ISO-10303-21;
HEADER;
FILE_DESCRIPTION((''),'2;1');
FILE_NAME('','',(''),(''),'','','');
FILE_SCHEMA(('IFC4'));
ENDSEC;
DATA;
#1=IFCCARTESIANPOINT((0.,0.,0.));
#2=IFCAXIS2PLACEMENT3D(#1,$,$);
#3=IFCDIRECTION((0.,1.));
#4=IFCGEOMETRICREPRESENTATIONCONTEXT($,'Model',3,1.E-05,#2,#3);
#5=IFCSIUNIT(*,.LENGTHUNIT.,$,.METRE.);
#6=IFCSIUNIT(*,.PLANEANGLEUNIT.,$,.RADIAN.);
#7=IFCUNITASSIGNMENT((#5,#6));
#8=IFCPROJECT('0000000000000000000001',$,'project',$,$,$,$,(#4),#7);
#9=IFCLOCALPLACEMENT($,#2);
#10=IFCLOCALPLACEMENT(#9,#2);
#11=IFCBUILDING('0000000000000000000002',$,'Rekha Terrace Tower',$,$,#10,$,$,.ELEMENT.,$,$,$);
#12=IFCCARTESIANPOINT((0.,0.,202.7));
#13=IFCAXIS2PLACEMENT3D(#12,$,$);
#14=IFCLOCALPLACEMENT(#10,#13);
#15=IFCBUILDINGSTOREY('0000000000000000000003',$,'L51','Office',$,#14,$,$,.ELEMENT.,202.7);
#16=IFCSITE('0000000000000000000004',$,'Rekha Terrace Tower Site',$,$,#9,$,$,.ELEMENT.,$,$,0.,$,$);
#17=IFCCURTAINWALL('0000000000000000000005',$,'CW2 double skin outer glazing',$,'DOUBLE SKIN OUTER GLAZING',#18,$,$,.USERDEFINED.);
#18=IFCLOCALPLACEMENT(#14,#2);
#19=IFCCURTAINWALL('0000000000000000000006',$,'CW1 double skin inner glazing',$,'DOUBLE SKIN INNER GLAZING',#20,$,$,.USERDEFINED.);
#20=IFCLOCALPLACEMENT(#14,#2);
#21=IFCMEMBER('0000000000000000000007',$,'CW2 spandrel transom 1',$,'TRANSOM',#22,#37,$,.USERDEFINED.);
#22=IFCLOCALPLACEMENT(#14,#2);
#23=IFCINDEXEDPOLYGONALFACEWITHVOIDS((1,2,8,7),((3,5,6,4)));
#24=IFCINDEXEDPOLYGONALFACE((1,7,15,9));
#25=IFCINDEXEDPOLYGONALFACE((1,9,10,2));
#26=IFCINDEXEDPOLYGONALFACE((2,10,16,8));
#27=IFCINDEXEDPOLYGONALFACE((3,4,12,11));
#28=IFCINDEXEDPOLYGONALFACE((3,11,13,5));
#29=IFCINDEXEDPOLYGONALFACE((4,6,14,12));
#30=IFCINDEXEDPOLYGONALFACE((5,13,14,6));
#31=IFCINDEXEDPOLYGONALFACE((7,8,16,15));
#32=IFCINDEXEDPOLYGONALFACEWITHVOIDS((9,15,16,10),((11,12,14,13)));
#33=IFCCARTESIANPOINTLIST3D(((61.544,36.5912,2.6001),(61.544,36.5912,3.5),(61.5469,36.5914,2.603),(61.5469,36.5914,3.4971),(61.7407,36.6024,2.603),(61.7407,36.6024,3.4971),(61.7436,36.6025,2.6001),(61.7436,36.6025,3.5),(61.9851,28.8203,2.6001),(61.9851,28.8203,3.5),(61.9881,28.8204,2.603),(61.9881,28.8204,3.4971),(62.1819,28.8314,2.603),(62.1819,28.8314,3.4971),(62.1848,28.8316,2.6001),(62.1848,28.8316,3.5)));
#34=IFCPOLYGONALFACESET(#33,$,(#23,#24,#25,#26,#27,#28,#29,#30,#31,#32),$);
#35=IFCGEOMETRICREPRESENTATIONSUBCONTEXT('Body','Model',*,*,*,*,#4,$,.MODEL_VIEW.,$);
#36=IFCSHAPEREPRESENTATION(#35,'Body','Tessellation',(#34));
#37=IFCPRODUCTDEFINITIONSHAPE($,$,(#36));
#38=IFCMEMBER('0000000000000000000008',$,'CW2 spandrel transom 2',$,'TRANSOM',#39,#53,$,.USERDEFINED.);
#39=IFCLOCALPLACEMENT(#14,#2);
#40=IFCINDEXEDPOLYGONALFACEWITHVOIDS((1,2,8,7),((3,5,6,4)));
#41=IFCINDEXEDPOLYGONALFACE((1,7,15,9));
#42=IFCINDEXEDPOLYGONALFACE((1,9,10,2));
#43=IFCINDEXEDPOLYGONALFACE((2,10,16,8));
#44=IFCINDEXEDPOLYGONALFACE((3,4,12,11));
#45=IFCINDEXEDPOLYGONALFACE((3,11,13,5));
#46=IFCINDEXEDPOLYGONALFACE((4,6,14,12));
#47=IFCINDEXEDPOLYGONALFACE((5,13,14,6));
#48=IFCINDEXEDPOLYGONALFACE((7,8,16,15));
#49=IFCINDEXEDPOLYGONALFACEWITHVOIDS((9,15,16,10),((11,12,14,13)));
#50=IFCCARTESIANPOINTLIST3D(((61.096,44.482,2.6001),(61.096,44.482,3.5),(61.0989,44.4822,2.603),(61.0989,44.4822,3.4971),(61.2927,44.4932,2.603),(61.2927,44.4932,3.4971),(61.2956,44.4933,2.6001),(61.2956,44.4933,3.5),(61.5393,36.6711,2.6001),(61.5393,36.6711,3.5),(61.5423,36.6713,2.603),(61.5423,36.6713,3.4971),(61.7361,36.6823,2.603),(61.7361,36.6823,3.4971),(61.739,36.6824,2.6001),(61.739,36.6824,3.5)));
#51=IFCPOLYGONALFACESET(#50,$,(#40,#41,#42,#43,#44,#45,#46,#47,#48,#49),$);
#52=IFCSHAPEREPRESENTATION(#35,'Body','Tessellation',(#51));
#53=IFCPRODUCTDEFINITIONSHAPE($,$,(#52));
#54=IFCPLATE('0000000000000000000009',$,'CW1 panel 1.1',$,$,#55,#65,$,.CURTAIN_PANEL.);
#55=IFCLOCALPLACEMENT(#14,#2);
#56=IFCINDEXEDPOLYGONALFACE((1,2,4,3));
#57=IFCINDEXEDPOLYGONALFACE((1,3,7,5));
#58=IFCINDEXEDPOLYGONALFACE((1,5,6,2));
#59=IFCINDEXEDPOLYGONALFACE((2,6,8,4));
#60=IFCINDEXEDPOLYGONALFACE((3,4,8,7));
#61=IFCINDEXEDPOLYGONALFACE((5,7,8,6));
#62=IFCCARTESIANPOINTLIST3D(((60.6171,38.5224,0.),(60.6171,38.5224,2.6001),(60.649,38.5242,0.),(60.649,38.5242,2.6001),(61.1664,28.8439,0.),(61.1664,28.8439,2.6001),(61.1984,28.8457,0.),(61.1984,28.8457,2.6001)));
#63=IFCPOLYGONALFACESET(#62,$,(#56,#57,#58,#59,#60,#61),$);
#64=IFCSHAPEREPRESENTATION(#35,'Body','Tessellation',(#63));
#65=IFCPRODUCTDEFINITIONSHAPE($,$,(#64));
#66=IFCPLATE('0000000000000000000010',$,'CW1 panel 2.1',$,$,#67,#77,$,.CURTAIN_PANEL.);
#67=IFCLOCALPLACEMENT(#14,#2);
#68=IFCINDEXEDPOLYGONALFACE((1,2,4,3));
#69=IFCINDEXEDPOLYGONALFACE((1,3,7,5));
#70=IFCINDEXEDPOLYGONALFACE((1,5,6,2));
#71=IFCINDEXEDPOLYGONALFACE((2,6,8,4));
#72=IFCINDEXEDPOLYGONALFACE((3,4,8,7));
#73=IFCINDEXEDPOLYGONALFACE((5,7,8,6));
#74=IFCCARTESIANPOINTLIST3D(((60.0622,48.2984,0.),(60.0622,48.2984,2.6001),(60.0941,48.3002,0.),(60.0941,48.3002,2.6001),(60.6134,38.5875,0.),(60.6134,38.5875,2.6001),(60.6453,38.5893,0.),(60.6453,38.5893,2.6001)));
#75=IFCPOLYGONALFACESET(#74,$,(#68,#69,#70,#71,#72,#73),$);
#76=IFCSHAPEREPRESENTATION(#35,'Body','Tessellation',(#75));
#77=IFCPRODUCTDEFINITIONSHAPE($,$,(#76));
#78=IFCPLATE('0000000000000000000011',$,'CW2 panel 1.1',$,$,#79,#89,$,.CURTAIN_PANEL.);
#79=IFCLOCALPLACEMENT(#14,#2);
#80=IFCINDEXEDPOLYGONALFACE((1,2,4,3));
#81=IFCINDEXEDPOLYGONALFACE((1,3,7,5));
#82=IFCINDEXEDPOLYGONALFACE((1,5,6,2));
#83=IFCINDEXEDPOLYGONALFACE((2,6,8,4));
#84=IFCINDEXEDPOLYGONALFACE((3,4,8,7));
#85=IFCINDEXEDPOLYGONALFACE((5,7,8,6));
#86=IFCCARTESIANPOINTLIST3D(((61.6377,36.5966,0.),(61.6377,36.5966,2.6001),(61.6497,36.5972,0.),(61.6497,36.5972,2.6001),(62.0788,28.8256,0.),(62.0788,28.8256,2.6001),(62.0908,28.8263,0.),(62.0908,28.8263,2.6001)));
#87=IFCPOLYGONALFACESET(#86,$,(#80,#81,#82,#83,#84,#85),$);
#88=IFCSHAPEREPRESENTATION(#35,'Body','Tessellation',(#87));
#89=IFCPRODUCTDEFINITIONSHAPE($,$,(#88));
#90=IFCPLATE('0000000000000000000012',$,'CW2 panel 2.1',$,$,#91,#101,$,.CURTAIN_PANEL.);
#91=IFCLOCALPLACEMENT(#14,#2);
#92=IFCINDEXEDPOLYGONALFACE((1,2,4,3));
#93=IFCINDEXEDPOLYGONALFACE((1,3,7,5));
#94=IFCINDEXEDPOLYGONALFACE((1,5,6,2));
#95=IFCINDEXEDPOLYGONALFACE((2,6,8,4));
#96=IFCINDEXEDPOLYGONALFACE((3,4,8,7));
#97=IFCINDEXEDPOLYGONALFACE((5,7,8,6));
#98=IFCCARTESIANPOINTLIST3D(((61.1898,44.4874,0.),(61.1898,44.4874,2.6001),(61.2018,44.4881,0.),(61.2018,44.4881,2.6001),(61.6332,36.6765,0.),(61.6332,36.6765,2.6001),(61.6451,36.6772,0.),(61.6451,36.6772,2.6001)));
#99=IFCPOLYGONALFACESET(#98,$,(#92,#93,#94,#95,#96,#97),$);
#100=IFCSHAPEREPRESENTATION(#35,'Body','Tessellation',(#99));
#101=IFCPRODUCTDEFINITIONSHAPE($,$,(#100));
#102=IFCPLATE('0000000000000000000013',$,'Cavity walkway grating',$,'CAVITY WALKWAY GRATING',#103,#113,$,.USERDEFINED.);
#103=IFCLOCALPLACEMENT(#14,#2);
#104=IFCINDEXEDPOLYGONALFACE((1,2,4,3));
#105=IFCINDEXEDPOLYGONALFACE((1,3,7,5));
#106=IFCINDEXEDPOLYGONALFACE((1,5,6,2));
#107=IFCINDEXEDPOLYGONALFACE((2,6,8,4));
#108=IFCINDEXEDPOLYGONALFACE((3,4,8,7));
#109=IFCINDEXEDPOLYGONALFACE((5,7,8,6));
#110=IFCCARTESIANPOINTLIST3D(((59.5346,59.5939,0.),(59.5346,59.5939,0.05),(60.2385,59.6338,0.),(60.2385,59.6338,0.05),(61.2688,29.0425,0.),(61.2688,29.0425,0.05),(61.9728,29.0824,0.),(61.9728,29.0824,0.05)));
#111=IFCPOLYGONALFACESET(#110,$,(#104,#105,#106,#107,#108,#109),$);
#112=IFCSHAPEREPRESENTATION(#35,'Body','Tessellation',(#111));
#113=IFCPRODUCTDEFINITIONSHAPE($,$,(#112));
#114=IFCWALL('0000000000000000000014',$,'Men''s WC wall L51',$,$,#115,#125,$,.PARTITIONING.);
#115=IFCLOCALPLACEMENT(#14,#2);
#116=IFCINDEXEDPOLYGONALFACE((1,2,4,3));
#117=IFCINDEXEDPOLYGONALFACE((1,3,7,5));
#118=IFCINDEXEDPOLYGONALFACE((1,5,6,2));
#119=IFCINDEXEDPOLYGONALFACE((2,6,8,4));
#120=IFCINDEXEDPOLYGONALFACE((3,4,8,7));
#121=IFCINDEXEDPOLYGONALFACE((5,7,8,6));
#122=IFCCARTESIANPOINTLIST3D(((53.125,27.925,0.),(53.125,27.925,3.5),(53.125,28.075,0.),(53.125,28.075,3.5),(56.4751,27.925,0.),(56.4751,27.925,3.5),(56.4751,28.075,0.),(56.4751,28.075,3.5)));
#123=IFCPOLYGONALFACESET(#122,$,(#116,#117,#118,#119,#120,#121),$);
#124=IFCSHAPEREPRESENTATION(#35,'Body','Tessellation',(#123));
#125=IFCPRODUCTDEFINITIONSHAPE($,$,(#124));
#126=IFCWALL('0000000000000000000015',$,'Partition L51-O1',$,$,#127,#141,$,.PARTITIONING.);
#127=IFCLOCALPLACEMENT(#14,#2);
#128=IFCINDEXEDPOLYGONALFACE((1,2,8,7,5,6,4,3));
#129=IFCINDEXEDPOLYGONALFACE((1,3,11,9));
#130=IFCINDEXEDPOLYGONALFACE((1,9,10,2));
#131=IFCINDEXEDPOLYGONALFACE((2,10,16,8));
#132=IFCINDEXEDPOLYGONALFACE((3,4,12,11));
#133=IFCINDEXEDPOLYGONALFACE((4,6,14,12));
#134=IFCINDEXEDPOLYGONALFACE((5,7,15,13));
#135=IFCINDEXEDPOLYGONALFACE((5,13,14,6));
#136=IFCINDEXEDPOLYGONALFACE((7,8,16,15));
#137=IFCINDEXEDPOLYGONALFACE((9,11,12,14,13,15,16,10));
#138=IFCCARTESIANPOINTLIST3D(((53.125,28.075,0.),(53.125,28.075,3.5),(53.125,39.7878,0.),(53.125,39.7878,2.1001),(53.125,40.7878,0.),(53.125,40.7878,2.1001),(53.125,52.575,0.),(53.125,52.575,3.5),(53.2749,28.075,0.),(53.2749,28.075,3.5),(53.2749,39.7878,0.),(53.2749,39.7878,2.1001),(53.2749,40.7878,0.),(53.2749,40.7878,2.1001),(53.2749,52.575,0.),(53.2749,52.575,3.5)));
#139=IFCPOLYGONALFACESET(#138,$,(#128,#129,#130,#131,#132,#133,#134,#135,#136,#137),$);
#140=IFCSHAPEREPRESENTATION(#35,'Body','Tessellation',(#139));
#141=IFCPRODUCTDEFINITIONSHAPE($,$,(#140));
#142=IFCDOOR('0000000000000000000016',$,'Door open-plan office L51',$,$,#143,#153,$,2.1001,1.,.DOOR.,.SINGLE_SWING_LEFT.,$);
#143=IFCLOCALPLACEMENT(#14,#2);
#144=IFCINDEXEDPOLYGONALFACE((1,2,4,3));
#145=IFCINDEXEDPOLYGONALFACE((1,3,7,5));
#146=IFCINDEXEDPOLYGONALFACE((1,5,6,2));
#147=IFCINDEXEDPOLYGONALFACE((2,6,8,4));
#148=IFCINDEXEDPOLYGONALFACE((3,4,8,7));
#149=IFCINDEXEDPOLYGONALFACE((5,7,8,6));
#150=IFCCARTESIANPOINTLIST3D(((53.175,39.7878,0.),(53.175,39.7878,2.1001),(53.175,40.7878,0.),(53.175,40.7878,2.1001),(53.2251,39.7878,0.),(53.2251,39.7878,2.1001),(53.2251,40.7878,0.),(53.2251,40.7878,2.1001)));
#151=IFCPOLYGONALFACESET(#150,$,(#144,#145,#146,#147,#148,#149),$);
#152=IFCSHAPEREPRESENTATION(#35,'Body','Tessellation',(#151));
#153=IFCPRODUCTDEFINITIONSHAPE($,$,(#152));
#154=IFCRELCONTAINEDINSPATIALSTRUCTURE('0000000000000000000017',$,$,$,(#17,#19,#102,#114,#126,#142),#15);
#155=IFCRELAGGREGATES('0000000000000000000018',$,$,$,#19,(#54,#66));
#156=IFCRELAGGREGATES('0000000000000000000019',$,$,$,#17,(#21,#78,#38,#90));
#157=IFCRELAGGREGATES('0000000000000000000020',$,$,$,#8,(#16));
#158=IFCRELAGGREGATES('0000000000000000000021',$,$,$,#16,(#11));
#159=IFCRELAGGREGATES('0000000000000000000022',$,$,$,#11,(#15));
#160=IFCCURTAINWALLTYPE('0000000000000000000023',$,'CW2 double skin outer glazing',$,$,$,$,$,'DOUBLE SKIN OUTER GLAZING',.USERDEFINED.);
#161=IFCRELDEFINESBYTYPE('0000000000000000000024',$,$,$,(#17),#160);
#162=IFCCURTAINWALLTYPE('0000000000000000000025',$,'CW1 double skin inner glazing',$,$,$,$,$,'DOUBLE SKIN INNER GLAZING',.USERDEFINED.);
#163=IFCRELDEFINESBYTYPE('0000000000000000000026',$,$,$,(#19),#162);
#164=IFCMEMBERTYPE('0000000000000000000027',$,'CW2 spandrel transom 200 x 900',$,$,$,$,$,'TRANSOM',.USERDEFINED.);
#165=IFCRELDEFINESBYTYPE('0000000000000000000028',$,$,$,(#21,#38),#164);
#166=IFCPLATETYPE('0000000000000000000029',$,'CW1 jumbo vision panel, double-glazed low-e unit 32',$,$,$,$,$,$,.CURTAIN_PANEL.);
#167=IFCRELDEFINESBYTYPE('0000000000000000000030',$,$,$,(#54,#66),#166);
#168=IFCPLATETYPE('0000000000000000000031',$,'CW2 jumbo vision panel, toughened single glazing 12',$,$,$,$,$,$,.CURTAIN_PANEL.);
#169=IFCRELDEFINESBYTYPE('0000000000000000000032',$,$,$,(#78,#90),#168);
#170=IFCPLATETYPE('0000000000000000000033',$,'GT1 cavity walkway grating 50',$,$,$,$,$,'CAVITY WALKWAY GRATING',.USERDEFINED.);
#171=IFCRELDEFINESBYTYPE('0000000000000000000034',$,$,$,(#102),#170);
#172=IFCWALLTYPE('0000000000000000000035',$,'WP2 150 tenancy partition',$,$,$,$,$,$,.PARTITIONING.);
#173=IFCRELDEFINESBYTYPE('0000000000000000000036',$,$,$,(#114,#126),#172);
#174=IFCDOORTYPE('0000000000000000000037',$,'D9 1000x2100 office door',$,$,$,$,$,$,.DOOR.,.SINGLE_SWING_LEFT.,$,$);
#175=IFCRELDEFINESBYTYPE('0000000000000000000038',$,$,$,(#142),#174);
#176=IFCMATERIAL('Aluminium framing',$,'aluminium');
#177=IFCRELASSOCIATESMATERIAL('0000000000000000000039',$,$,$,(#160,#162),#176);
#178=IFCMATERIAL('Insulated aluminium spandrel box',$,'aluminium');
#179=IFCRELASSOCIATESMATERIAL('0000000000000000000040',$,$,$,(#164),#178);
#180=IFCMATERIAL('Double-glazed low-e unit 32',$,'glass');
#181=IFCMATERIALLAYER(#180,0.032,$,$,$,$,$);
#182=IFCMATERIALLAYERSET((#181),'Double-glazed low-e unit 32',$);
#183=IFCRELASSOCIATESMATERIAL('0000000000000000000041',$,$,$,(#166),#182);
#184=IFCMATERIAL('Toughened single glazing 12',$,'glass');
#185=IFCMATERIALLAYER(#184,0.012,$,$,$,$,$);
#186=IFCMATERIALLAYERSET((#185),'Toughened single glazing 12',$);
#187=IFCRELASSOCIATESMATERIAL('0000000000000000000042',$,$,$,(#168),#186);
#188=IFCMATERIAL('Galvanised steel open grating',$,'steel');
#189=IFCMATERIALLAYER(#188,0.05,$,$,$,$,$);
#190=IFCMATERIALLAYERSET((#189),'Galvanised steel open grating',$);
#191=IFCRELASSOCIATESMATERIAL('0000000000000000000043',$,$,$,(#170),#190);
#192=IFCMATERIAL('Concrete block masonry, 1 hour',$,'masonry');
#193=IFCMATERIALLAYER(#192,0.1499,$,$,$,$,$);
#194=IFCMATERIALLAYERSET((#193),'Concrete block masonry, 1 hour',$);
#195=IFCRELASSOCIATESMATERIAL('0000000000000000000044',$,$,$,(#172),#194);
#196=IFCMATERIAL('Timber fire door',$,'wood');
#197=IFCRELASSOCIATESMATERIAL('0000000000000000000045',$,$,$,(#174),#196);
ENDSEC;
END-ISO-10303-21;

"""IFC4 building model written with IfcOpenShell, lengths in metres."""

from ifc_helpers import new_model, si_unit, direction, frame, frame_2d, origin, origin_2d, place, context, subcontext, project, spatial, rectangle, hollow_rectangle, extrude, material, layer, layer_set, material_profile, profile_set, type_object, element, fill, aggregate, save


model = new_model("IFC4")

# Units and contexts
model_context = context("Model", 3, precision=1e-05, world=origin(), true_north=direction((0.0, 1.0)))
body_context = subcontext(model_context, "Body", "Model", "MODEL_VIEW")
ifc_project = project(units=[si_unit("LENGTHUNIT", "METRE"), si_unit("PLANEANGLEUNIT", "RADIAN")], contexts=[model_context])

# Site, building, storey
site_placement = place(None, origin())
site = spatial("IfcSite", under=ifc_project, at=site_placement, Name="Rekha Terrace Tower Site", CompositionType="ELEMENT", RefElevation=0.0)
building_placement = place(site_placement, origin())
building = spatial("IfcBuilding", under=site, at=building_placement, Name="Rekha Terrace Tower", CompositionType="ELEMENT")
storey_placement = place(building_placement, frame((0.0, 0.0, 202.7)))
storey = spatial("IfcBuildingStorey", under=building, at=storey_placement, Name="L51", Description="Office", CompositionType="ELEMENT", Elevation=202.7)

# Curtain wall
ifc_material_1 = material(Name="Aluminium framing", Category="aluminium")
curtain_wall_type_1 = type_object("IfcCurtainWallType", Name="CW2 double skin outer glazing", ElementType="DOUBLE SKIN OUTER GLAZING", PredefinedType="USERDEFINED", material=ifc_material_1)
curtain_wall_1_placement = place(storey_placement, origin())
curtain_wall_1 = element("IfcCurtainWall", 1, at=curtain_wall_1_placement, inside=storey, type_object=curtain_wall_type_1, Name="CW2 double skin outer glazing", ObjectType="DOUBLE SKIN OUTER GLAZING", PredefinedType="USERDEFINED")

# Curtain wall
curtain_wall_type_2 = type_object("IfcCurtainWallType", Name="CW1 double skin inner glazing", ElementType="DOUBLE SKIN INNER GLAZING", PredefinedType="USERDEFINED", material=ifc_material_1)
curtain_wall_2_placement = place(storey_placement, origin())
curtain_wall_2 = element("IfcCurtainWall", 2, at=curtain_wall_2_placement, inside=storey, type_object=curtain_wall_type_2, Name="CW1 double skin inner glazing", ObjectType="DOUBLE SKIN INNER GLAZING", PredefinedType="USERDEFINED")
ifc_material_2 = material(Name="Insulated aluminium spandrel box", Category="aluminium")

# Members
ifc_material_profile_1 = material_profile(ifc_material_2, hollow_rectangle(XDim=0.2, YDim=0.8999, WallThickness=0.0029, at=origin_2d()), Name="AL SPANDREL BOX 200x900")
ifc_profile_set_1 = profile_set([ifc_material_profile_1], Name="Insulated aluminium spandrel box")
member_type_1 = type_object("IfcMemberType", Name="CW2 spandrel transom 200 x 900", ElementType="TRANSOM", PredefinedType="USERDEFINED", material=ifc_profile_set_1)
member_1_placement = place(storey_placement, frame((62.085, 28.8259, 3.05), z_axis=(-0.056679, 0.998392, 0.0), x_axis=(-0.998392, -0.056679, 0.0)))
member_1 = element("IfcMember", 3, at=member_1_placement, type_object=member_type_1, Name="CW2 spandrel transom 1", ObjectType="TRANSOM", PredefinedType="USERDEFINED", context=body_context, shape_type="SweptSolid", body=[
    extrude(hollow_rectangle(XDim=0.2, YDim=0.8999, WallThickness=0.0029, at=origin_2d()), origin(), (0.0, 0.0, 1.0), 7.7834),
])
member_2_placement = place(storey_placement, frame((61.6392, 36.6768, 3.05), z_axis=(-0.056669, 0.998393, 0.0), x_axis=(-0.998393, -0.056669, 0.0)))
member_2 = element("IfcMember", 4, at=member_2_placement, type_object=member_type_1, Name="CW2 spandrel transom 2", ObjectType="TRANSOM", PredefinedType="USERDEFINED", context=body_context, shape_type="SweptSolid", body=[
    extrude(hollow_rectangle(XDim=0.2, YDim=0.8999, WallThickness=0.0029, at=origin_2d()), origin(), (0.0, 0.0, 1.0), 7.8235),
])

# Plates
ifc_material_3 = material(Name="Double-glazed low-e unit 32", Category="glass")
ifc_layer_1 = layer(ifc_material_3, 0.032)
ifc_layer_set_1 = layer_set([ifc_layer_1], Name="Double-glazed low-e unit 32")
plate_type_1 = type_object("IfcPlateType", Name="CW1 jumbo vision panel, double-glazed low-e unit 32", PredefinedType="CURTAIN_PANEL", material=ifc_layer_set_1)
plate_1_placement = place(storey_placement, frame((60.9077, 33.6841, 0.0), z_axis=(0.0, 0.0, 1.0), x_axis=(-0.056673, 0.998393, 0.0)))
plate_1 = element("IfcPlate", 5, at=plate_1_placement, type_object=plate_type_1, Name="CW1 panel 1.1", PredefinedType="CURTAIN_PANEL", context=body_context, shape_type="SweptSolid", body=[
    extrude(rectangle(XDim=9.6941, YDim=0.032, at=origin_2d()), origin(), (0.0, 0.0, 1.0), 2.6001),
])
plate_2_placement = place(storey_placement, frame((60.3538, 43.4438, 0.0), z_axis=(0.0, 0.0, 1.0), x_axis=(-0.056673, 0.998393, 0.0)))
plate_2 = element("IfcPlate", 6, at=plate_2_placement, type_object=plate_type_1, Name="CW1 panel 2.1", PredefinedType="CURTAIN_PANEL", context=body_context, shape_type="SweptSolid", body=[
    extrude(rectangle(XDim=9.7266, YDim=0.032, at=origin_2d()), origin(), (0.0, 0.0, 1.0), 2.6001),
])
aggregate(curtain_wall_2, [plate_1, plate_2])
ifc_material_4 = material(Name="Toughened single glazing 12", Category="glass")
ifc_layer_2 = layer(ifc_material_4, 0.012)
ifc_layer_set_2 = layer_set([ifc_layer_2], Name="Toughened single glazing 12")
plate_type_2 = type_object("IfcPlateType", Name="CW2 jumbo vision panel, toughened single glazing 12", PredefinedType="CURTAIN_PANEL", material=ifc_layer_set_2)
plate_3_placement = place(storey_placement, frame((61.8643, 32.7114, 0.0), z_axis=(0.0, 0.0, 1.0), x_axis=(-0.056673, 0.998393, 0.0)))
plate_3 = element("IfcPlate", 7, at=plate_3_placement, type_object=plate_type_2, Name="CW2 panel 1.1", PredefinedType="CURTAIN_PANEL", context=body_context, shape_type="SweptSolid", body=[
    extrude(rectangle(XDim=7.7834, YDim=0.012, at=origin_2d()), origin(), (0.0, 0.0, 1.0), 2.6001),
])
plate_4_placement = place(storey_placement, frame((61.4175, 40.5823, 0.0), z_axis=(0.0, 0.0, 1.0), x_axis=(-0.056673, 0.998393, 0.0)))
plate_4 = element("IfcPlate", 8, at=plate_4_placement, type_object=plate_type_2, Name="CW2 panel 2.1", PredefinedType="CURTAIN_PANEL", context=body_context, shape_type="SweptSolid", body=[
    extrude(rectangle(XDim=7.8235, YDim=0.012, at=origin_2d()), origin(), (0.0, 0.0, 1.0), 2.6001),
])
aggregate(curtain_wall_1, [member_1, plate_3, member_2, plate_4])
ifc_material_5 = material(Name="Galvanised steel open grating", Category="steel")
ifc_layer_3 = layer(ifc_material_5, 0.05)
ifc_layer_set_3 = layer_set([ifc_layer_3], Name="Galvanised steel open grating")
plate_type_3 = type_object("IfcPlateType", Name="GT1 cavity walkway grating 50", ElementType="CAVITY WALKWAY GRATING", PredefinedType="USERDEFINED", material=ifc_layer_set_3)
plate_5_placement = place(storey_placement, frame((60.7537, 44.3381, 0.0), z_axis=(0.0, 0.0, 1.0), x_axis=(-0.056673, 0.998393, 0.0)))
element("IfcPlate", 9, at=plate_5_placement, inside=storey, type_object=plate_type_3, Name="Cavity walkway grating", ObjectType="CAVITY WALKWAY GRATING", PredefinedType="USERDEFINED", context=body_context, shape_type="SweptSolid", body=[
    extrude(rectangle(XDim=30.6006, YDim=0.7051, at=origin_2d()), origin(), (0.0, 0.0, 1.0), 0.05),
])

# Wall
ifc_material_6 = material(Name="Concrete block masonry, 1 hour", Category="masonry")
ifc_layer_4 = layer(ifc_material_6, 0.1499)
ifc_layer_set_4 = layer_set([ifc_layer_4], Name="Concrete block masonry, 1 hour")
wall_type_1 = type_object("IfcWallType", Name="WP2 150 tenancy partition", PredefinedType="PARTITIONING", material=ifc_layer_set_4)
wall_1_placement = place(storey_placement, frame((53.125, 28.0, 0.0), z_axis=(0.0, 0.0, 1.0), x_axis=(1.0, 0.0, 0.0)))
element("IfcWall", 10, at=wall_1_placement, inside=storey, type_object=wall_type_1, Name="Men's WC wall L51", PredefinedType="PARTITIONING", context=body_context, shape_type="SweptSolid", body=[
    extrude(rectangle(XDim=3.3501, YDim=0.1499, at=frame_2d((1.675, 0.0))), origin(), (0.0, 0.0, 1.0), 3.5),
])

# Wall, opening, door
wall_2_placement = place(storey_placement, frame((53.2, 28.075, 0.0), z_axis=(0.0, 0.0, 1.0), x_axis=(0.0, 1.0, 0.0)))
wall_2 = element("IfcWall", 11, at=wall_2_placement, inside=storey, type_object=wall_type_1, Name="Partition L51-O1", PredefinedType="PARTITIONING", context=body_context, shape_type="SweptSolid", body=[
    extrude(rectangle(XDim=24.5, YDim=0.1499, at=frame_2d((12.25, 0.0))), origin(), (0.0, 0.0, 1.0), 3.5),
])
opening_1_placement = place(wall_2_placement, frame((11.7129, 0.0, 0.0)))
opening_1 = element("IfcOpeningElement", 12, at=opening_1_placement, cuts=wall_2, PredefinedType="OPENING", context=body_context, shape_type="SweptSolid", body=[
    extrude(rectangle(XDim=1.0, YDim=2.1001, at=frame_2d((0.5, 1.05))), frame((0.0, 0.085, 0.0), z_axis=(0.0, -1.0, 0.0), x_axis=(1.0, 0.0, 0.0)), (0.0, 0.0, 1.0), 0.1699),
])
ifc_material_7 = material(Name="Timber fire door", Category="wood")
door_type = type_object("IfcDoorType", Name="D9 1000x2100 office door", OperationType="SINGLE_SWING_LEFT", PredefinedType="DOOR", material=ifc_material_7)
door_1_placement = place(opening_1_placement, origin())
door_1 = element("IfcDoor", 13, at=door_1_placement, inside=storey, type_object=door_type, Name="Door open-plan office L51", OperationType="SINGLE_SWING_LEFT", OverallHeight=2.1001, OverallWidth=1.0, PredefinedType="DOOR", context=body_context, shape_type="SweptSolid", body=[
    extrude(rectangle(XDim=1.0, YDim=2.1001, at=frame_2d((0.5, 1.05))), frame((0.0, 0.0249, 0.0), z_axis=(0.0, -1.0, 0.0), x_axis=(1.0, 0.0, 0.0)), (0.0, 0.0, 1.0), 0.05),
])
fill(opening_1, door_1)

save(model, "model.ifc")
